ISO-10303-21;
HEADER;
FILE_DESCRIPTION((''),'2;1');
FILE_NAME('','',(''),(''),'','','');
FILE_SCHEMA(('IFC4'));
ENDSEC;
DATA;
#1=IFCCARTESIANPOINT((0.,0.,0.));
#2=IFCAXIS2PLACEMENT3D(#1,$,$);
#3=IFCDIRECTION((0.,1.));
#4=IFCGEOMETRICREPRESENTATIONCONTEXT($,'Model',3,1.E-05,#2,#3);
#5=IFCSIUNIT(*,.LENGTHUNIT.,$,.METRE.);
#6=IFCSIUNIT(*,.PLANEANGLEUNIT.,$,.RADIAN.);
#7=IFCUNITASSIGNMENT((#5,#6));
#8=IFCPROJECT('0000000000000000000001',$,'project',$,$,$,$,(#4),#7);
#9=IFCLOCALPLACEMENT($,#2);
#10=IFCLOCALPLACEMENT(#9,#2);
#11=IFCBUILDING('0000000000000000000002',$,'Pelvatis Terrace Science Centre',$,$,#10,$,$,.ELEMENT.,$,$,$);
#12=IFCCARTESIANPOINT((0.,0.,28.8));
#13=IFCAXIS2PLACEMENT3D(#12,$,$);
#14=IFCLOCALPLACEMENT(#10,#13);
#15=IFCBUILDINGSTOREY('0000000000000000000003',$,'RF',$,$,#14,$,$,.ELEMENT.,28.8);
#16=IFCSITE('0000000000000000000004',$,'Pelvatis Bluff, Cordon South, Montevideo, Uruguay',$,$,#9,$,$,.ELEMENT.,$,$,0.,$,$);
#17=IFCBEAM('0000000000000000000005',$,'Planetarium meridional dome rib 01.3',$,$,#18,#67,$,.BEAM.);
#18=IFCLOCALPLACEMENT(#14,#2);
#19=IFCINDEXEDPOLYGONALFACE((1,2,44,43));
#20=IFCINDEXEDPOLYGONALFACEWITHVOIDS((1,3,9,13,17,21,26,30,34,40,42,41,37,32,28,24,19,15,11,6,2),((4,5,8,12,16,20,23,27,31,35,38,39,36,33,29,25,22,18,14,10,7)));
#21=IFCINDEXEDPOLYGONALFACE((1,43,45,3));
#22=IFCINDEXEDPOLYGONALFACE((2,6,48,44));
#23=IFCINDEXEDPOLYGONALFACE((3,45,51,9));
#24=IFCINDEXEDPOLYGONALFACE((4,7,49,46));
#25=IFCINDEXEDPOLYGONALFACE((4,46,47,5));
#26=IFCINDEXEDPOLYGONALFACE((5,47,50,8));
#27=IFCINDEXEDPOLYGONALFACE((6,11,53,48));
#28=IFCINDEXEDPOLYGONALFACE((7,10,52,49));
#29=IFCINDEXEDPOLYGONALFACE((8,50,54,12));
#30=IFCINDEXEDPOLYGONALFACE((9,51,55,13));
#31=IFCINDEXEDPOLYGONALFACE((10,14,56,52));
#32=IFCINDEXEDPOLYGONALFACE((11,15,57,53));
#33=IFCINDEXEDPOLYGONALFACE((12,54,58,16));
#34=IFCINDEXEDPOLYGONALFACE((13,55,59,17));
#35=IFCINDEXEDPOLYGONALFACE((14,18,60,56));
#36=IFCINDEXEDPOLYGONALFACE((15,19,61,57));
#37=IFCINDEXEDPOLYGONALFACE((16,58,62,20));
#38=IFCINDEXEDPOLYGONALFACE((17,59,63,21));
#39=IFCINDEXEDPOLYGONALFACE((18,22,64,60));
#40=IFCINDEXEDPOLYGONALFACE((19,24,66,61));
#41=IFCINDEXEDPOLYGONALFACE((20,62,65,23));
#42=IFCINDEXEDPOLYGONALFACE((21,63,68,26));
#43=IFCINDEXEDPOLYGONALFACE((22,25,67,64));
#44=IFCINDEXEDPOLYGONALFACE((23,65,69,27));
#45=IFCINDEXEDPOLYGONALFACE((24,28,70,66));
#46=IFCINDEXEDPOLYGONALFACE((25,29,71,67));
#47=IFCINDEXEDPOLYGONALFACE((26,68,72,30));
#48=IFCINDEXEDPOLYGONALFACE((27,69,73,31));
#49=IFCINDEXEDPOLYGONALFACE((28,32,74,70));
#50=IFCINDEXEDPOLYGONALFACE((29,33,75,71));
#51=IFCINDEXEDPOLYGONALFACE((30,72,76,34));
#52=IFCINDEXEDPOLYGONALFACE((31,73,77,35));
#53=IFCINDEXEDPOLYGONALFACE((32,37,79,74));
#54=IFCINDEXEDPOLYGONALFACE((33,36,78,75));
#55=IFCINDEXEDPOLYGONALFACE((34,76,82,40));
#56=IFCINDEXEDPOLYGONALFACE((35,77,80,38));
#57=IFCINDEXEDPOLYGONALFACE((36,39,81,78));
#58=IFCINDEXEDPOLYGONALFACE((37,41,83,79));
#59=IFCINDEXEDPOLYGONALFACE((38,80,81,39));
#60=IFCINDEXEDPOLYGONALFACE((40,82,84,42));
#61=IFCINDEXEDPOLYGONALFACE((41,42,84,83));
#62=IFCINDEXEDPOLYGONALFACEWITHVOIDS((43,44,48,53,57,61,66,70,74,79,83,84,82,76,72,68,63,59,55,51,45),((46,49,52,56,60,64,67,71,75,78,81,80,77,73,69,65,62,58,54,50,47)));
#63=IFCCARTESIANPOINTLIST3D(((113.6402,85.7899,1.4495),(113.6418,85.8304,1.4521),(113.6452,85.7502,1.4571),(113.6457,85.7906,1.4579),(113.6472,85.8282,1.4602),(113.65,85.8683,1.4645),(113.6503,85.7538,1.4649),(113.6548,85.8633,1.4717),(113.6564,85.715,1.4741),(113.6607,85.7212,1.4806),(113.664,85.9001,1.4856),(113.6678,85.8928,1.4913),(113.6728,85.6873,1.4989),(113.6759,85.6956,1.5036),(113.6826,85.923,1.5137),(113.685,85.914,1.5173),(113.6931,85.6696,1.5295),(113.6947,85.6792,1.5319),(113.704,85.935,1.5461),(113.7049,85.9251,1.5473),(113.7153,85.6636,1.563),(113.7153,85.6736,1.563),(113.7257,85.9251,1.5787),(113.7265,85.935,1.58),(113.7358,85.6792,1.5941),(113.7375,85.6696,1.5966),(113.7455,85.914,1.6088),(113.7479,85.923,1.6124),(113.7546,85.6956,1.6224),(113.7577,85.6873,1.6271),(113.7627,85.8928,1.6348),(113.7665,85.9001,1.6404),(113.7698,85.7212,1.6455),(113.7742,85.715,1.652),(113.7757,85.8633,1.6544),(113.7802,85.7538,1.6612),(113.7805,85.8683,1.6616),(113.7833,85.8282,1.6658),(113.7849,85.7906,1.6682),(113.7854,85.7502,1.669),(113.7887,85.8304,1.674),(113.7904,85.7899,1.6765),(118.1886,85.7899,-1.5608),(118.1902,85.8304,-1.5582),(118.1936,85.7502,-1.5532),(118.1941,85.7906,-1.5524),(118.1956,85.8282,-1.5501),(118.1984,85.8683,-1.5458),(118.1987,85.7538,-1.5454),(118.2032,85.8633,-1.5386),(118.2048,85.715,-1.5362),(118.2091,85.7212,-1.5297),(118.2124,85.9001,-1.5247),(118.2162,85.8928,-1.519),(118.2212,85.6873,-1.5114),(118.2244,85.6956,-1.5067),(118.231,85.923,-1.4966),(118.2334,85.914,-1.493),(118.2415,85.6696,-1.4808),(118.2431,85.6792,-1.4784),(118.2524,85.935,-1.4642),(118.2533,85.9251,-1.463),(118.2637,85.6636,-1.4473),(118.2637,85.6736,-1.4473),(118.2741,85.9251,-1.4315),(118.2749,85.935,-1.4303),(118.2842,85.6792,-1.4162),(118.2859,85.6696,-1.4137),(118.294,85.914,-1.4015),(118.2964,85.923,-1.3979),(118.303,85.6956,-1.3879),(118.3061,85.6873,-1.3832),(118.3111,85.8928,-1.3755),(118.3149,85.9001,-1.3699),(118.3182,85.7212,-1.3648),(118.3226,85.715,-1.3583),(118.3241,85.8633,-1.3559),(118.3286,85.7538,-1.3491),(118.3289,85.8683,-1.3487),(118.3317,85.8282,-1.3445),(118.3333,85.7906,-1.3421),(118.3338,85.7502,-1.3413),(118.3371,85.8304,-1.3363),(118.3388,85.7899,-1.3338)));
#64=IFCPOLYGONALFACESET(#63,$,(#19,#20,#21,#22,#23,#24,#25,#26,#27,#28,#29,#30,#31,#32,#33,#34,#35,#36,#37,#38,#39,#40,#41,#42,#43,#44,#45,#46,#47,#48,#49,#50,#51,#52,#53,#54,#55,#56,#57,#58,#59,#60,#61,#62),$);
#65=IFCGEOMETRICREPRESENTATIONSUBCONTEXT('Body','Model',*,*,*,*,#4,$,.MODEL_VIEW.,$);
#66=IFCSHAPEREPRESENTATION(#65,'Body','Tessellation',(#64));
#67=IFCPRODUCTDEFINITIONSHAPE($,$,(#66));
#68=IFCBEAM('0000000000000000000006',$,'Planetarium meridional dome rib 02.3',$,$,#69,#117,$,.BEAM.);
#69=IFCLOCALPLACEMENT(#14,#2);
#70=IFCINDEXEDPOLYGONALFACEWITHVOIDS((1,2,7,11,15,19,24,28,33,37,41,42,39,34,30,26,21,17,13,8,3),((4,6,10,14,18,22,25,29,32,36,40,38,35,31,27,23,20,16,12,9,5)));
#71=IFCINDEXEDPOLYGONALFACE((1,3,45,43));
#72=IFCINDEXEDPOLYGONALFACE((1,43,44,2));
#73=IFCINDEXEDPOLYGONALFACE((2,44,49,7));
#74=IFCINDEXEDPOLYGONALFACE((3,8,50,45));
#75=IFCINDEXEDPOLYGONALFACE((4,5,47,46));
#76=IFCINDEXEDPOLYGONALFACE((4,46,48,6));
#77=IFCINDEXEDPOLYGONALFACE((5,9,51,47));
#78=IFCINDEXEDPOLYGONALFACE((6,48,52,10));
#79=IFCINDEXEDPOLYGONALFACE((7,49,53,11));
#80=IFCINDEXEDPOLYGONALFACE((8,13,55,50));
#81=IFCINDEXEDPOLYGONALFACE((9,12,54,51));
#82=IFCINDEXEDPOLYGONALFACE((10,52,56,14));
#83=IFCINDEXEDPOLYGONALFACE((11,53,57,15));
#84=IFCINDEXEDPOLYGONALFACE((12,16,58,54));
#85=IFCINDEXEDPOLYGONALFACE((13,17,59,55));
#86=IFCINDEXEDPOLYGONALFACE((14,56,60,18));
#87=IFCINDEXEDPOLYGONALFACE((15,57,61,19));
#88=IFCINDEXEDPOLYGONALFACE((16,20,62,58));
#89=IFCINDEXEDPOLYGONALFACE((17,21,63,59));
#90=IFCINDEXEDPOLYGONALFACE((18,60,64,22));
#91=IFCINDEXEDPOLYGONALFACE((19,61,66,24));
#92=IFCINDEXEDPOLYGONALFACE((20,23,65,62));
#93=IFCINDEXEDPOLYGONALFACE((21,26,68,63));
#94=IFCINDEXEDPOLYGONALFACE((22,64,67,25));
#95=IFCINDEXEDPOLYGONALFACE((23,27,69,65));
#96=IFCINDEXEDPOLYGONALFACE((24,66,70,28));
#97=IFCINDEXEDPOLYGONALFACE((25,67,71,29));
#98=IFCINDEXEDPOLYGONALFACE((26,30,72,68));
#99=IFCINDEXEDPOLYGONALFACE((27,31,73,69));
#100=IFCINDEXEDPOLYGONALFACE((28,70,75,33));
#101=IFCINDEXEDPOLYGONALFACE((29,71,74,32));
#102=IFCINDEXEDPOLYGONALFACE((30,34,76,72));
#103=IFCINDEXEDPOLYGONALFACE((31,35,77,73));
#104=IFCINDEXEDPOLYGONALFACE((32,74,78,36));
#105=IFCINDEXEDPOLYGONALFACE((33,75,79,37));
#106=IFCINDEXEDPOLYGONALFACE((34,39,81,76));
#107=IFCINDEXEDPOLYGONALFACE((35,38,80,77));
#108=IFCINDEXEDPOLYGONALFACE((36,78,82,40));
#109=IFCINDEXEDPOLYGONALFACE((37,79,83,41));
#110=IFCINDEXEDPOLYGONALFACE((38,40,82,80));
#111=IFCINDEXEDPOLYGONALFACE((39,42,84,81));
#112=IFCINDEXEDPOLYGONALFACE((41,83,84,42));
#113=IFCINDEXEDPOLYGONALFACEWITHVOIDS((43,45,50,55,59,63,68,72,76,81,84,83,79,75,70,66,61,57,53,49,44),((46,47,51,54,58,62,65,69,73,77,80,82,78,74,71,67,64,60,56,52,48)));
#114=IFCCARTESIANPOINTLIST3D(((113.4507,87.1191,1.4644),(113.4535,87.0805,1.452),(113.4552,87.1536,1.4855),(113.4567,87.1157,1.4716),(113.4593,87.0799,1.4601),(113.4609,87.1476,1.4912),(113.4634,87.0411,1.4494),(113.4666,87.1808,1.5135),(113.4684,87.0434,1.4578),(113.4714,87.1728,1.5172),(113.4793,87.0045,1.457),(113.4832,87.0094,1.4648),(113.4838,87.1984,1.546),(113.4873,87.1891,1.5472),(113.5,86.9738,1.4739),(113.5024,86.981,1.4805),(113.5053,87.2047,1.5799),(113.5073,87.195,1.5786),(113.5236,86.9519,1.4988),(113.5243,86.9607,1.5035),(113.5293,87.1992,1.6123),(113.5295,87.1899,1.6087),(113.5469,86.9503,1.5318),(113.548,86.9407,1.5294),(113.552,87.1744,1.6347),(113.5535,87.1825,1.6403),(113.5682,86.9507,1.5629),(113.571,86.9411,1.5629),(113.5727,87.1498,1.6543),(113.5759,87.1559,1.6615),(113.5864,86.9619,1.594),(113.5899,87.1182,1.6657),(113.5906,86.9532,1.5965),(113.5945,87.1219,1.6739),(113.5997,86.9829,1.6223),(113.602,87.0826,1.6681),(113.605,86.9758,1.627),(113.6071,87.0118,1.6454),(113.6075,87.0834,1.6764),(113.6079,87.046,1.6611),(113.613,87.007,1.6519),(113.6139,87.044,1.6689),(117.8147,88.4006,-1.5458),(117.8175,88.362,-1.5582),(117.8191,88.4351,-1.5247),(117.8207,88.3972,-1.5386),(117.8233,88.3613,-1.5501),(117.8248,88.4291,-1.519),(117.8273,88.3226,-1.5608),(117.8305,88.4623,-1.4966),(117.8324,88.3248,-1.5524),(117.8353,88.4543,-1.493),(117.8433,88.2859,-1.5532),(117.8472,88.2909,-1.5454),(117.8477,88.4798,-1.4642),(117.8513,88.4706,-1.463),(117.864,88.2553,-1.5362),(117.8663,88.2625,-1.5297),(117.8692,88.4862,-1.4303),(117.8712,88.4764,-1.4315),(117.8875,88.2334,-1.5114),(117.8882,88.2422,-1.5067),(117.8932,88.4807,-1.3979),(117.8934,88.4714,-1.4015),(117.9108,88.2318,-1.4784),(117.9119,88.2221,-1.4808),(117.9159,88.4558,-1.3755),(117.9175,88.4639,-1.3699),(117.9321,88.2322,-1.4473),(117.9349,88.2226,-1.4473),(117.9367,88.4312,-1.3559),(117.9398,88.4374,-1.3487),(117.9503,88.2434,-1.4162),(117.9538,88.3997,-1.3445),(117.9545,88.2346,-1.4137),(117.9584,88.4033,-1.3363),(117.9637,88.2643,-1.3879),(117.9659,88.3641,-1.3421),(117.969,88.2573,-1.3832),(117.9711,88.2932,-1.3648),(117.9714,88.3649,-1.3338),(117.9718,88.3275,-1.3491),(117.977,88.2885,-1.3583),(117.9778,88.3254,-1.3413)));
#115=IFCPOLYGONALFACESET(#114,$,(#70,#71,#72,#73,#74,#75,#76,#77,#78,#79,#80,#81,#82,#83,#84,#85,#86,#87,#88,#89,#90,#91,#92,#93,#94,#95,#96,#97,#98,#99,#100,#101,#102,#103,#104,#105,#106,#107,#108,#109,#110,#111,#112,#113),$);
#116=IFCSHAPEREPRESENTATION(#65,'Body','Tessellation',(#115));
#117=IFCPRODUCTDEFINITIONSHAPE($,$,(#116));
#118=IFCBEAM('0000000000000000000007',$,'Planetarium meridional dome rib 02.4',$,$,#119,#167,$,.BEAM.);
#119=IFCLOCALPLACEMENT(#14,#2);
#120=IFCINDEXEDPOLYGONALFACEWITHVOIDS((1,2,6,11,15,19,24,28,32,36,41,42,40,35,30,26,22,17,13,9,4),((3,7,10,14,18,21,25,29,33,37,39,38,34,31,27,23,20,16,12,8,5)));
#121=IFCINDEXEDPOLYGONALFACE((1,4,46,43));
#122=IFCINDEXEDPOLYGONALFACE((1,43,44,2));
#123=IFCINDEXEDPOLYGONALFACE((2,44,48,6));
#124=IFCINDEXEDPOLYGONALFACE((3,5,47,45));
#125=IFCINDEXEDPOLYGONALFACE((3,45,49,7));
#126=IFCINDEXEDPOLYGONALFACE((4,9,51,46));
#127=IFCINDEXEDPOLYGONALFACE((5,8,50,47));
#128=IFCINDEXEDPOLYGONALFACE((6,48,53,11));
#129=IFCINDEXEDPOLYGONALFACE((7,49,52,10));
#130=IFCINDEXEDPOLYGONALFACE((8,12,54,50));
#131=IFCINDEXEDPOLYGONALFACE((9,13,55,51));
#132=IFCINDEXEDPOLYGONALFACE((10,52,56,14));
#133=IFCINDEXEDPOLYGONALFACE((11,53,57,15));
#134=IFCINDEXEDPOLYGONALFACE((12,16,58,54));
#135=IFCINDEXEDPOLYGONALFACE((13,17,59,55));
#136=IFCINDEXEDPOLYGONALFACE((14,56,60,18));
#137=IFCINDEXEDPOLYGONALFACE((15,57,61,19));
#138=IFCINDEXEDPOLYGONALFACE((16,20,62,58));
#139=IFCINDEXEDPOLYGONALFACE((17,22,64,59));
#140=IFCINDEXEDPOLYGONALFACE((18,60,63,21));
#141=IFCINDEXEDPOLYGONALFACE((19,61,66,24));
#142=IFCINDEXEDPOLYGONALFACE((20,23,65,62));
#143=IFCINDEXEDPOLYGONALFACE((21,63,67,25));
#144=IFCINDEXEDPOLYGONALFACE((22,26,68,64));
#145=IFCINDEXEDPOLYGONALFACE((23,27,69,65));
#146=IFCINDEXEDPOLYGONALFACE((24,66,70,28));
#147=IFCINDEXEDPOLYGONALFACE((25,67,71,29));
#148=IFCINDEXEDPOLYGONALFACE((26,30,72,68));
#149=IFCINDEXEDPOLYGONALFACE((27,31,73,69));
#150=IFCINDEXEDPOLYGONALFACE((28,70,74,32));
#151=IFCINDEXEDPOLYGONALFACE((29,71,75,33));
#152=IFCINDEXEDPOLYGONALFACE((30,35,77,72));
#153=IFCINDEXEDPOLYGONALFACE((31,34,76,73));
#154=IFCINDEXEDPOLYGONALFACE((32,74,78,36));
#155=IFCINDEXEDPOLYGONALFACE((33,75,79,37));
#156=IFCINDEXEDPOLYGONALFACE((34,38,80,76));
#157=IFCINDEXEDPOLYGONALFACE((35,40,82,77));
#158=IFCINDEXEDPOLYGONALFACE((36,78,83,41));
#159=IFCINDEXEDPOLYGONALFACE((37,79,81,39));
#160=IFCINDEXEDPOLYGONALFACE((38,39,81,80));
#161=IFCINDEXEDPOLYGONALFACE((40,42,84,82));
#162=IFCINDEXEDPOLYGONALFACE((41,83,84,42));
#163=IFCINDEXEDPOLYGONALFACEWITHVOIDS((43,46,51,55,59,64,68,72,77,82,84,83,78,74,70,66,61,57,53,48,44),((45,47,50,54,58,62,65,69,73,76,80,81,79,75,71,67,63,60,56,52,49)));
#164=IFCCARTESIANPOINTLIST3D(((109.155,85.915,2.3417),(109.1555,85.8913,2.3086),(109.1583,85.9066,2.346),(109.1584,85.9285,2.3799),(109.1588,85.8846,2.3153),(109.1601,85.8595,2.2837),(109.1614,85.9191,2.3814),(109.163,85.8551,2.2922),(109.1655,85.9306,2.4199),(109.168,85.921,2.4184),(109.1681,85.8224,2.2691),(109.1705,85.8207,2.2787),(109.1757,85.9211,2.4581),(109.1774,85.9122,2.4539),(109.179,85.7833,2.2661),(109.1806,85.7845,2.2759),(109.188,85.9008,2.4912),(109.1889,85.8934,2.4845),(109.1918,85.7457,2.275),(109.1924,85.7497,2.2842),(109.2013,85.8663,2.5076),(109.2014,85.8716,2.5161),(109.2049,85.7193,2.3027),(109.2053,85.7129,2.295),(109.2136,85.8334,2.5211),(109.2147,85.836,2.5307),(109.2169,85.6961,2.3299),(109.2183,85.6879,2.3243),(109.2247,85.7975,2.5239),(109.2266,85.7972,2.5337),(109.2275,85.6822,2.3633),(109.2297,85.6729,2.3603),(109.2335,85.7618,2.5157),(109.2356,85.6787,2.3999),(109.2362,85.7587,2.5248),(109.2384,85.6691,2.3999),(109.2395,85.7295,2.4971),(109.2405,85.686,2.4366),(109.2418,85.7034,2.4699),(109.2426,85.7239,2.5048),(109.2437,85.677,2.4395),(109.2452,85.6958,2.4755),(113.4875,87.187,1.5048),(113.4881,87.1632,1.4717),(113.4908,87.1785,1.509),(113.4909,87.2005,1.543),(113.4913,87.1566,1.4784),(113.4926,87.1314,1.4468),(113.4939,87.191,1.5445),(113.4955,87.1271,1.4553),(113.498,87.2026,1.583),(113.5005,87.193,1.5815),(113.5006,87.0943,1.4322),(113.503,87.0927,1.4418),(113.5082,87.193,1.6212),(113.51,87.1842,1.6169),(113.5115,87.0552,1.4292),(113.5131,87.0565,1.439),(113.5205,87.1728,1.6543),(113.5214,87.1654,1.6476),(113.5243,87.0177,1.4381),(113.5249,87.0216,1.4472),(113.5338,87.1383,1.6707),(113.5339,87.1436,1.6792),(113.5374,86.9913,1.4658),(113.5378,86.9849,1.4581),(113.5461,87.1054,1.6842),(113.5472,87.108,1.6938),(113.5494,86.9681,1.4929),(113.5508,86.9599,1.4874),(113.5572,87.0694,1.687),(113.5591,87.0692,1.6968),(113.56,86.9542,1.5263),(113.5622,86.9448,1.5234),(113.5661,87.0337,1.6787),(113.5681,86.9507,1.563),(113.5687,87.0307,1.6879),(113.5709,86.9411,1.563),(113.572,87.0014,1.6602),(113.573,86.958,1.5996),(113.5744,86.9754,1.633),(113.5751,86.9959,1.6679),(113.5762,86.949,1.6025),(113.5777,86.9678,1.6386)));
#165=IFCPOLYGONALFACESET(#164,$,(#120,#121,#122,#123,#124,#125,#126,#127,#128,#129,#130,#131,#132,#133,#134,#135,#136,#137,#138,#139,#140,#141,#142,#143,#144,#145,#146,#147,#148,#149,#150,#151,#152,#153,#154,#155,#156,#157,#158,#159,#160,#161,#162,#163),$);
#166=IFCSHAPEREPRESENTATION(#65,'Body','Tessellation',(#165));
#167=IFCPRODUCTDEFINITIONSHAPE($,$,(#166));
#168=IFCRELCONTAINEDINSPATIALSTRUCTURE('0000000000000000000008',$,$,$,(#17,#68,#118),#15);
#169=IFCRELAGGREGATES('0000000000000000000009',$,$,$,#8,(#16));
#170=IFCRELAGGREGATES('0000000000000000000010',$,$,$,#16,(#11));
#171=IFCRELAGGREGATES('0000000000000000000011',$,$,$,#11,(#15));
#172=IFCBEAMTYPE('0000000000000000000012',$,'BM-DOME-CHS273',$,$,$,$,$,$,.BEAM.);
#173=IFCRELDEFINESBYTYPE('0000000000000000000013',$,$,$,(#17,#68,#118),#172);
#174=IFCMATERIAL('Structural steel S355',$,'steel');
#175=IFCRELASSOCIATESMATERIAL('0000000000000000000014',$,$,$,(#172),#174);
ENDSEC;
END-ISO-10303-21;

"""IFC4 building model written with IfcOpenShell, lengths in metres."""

from ifc_helpers import new_model, si_unit, direction, frame, origin, origin_2d, place, context, subcontext, project, spatial, hollow_circle, extrude, material, material_profile, profile_set, type_object, element, save


model = new_model("IFC4")

# Units and contexts
model_context = context("Model", 3, precision=1e-05, world=origin(), true_north=direction((0.0, 1.0)))
body_context = subcontext(model_context, "Body", "Model", "MODEL_VIEW")
ifc_project = project(units=[si_unit("LENGTHUNIT", "METRE"), si_unit("PLANEANGLEUNIT", "RADIAN")], contexts=[model_context])

# Site, building, storey
site_placement = place(None, origin())
site = spatial("IfcSite", under=ifc_project, at=site_placement, Name="Pelvatis Bluff, Cordon South, Montevideo, Uruguay", CompositionType="ELEMENT", RefElevation=0.0)
building_placement = place(site_placement, origin())
building = spatial("IfcBuilding", under=site, at=building_placement, Name="Pelvatis Terrace Science Centre", CompositionType="ELEMENT")
storey_placement = place(building_placement, frame((0.0, 0.0, 28.8)))
storey = spatial("IfcBuildingStorey", under=building, at=storey_placement, Name="RF", CompositionType="ELEMENT", Elevation=28.8)

# Beams
ifc_material_1 = material(Name="Structural steel S355", Category="steel")
ifc_material_profile_1 = material_profile(ifc_material_1, hollow_circle(Radius=0.1365, WallThickness=0.01, at=origin_2d()), Name="CHS 273.0x10.0")
ifc_profile_set_1 = profile_set([ifc_material_profile_1], Name="Structural steel S355")
beam_type_1 = type_object("IfcBeamType", Name="BM-DOME-CHS273", PredefinedType="BEAM", material=ifc_profile_set_1)
beam_1_placement = place(storey_placement, frame((118.2637, 85.8, -1.4473), z_axis=(-0.833905, 0.0, 0.551908), x_axis=(0.0, -1.0, 0.0)))
element("IfcBeam", 1, at=beam_1_placement, inside=storey, type_object=beam_type_1, Name="Planetarium meridional dome rib 01.3", PredefinedType="BEAM", context=body_context, shape_type="SweptSolid", body=[
    extrude(hollow_circle(Radius=0.1365, WallThickness=0.01, at=origin_2d()), origin(), (0.0, 0.0, 1.0), 5.4543),
])
beam_2_placement = place(storey_placement, frame((117.8965, 88.3535, -1.4473), z_axis=(-0.800118, -0.234955, 0.551913), x_axis=(0.281754, -0.959487, 0.0)))
element("IfcBeam", 2, at=beam_2_placement, inside=storey, type_object=beam_type_1, Name="Planetarium meridional dome rib 02.3", PredefinedType="BEAM", context=body_context, shape_type="SweptSolid", body=[
    extrude(hollow_circle(Radius=0.1365, WallThickness=0.01, at=origin_2d()), origin(), (0.0, 0.0, 1.0), 5.4541),
])
beam_3_placement = place(storey_placement, frame((113.5325, 87.072, 1.563), z_axis=(-0.943435, -0.27698, 0.182244), x_axis=(0.281698, -0.959503, 0.0)))
element("IfcBeam", 3, at=beam_3_placement, inside=storey, type_object=beam_type_1, Name="Planetarium meridional dome rib 02.4", PredefinedType="BEAM", context=body_context, shape_type="SweptSolid", body=[
    extrude(hollow_circle(Radius=0.1365, WallThickness=0.01, at=origin_2d()), origin(), (0.0, 0.0, 1.0), 4.5923),
])

save(model, "model.ifc")
